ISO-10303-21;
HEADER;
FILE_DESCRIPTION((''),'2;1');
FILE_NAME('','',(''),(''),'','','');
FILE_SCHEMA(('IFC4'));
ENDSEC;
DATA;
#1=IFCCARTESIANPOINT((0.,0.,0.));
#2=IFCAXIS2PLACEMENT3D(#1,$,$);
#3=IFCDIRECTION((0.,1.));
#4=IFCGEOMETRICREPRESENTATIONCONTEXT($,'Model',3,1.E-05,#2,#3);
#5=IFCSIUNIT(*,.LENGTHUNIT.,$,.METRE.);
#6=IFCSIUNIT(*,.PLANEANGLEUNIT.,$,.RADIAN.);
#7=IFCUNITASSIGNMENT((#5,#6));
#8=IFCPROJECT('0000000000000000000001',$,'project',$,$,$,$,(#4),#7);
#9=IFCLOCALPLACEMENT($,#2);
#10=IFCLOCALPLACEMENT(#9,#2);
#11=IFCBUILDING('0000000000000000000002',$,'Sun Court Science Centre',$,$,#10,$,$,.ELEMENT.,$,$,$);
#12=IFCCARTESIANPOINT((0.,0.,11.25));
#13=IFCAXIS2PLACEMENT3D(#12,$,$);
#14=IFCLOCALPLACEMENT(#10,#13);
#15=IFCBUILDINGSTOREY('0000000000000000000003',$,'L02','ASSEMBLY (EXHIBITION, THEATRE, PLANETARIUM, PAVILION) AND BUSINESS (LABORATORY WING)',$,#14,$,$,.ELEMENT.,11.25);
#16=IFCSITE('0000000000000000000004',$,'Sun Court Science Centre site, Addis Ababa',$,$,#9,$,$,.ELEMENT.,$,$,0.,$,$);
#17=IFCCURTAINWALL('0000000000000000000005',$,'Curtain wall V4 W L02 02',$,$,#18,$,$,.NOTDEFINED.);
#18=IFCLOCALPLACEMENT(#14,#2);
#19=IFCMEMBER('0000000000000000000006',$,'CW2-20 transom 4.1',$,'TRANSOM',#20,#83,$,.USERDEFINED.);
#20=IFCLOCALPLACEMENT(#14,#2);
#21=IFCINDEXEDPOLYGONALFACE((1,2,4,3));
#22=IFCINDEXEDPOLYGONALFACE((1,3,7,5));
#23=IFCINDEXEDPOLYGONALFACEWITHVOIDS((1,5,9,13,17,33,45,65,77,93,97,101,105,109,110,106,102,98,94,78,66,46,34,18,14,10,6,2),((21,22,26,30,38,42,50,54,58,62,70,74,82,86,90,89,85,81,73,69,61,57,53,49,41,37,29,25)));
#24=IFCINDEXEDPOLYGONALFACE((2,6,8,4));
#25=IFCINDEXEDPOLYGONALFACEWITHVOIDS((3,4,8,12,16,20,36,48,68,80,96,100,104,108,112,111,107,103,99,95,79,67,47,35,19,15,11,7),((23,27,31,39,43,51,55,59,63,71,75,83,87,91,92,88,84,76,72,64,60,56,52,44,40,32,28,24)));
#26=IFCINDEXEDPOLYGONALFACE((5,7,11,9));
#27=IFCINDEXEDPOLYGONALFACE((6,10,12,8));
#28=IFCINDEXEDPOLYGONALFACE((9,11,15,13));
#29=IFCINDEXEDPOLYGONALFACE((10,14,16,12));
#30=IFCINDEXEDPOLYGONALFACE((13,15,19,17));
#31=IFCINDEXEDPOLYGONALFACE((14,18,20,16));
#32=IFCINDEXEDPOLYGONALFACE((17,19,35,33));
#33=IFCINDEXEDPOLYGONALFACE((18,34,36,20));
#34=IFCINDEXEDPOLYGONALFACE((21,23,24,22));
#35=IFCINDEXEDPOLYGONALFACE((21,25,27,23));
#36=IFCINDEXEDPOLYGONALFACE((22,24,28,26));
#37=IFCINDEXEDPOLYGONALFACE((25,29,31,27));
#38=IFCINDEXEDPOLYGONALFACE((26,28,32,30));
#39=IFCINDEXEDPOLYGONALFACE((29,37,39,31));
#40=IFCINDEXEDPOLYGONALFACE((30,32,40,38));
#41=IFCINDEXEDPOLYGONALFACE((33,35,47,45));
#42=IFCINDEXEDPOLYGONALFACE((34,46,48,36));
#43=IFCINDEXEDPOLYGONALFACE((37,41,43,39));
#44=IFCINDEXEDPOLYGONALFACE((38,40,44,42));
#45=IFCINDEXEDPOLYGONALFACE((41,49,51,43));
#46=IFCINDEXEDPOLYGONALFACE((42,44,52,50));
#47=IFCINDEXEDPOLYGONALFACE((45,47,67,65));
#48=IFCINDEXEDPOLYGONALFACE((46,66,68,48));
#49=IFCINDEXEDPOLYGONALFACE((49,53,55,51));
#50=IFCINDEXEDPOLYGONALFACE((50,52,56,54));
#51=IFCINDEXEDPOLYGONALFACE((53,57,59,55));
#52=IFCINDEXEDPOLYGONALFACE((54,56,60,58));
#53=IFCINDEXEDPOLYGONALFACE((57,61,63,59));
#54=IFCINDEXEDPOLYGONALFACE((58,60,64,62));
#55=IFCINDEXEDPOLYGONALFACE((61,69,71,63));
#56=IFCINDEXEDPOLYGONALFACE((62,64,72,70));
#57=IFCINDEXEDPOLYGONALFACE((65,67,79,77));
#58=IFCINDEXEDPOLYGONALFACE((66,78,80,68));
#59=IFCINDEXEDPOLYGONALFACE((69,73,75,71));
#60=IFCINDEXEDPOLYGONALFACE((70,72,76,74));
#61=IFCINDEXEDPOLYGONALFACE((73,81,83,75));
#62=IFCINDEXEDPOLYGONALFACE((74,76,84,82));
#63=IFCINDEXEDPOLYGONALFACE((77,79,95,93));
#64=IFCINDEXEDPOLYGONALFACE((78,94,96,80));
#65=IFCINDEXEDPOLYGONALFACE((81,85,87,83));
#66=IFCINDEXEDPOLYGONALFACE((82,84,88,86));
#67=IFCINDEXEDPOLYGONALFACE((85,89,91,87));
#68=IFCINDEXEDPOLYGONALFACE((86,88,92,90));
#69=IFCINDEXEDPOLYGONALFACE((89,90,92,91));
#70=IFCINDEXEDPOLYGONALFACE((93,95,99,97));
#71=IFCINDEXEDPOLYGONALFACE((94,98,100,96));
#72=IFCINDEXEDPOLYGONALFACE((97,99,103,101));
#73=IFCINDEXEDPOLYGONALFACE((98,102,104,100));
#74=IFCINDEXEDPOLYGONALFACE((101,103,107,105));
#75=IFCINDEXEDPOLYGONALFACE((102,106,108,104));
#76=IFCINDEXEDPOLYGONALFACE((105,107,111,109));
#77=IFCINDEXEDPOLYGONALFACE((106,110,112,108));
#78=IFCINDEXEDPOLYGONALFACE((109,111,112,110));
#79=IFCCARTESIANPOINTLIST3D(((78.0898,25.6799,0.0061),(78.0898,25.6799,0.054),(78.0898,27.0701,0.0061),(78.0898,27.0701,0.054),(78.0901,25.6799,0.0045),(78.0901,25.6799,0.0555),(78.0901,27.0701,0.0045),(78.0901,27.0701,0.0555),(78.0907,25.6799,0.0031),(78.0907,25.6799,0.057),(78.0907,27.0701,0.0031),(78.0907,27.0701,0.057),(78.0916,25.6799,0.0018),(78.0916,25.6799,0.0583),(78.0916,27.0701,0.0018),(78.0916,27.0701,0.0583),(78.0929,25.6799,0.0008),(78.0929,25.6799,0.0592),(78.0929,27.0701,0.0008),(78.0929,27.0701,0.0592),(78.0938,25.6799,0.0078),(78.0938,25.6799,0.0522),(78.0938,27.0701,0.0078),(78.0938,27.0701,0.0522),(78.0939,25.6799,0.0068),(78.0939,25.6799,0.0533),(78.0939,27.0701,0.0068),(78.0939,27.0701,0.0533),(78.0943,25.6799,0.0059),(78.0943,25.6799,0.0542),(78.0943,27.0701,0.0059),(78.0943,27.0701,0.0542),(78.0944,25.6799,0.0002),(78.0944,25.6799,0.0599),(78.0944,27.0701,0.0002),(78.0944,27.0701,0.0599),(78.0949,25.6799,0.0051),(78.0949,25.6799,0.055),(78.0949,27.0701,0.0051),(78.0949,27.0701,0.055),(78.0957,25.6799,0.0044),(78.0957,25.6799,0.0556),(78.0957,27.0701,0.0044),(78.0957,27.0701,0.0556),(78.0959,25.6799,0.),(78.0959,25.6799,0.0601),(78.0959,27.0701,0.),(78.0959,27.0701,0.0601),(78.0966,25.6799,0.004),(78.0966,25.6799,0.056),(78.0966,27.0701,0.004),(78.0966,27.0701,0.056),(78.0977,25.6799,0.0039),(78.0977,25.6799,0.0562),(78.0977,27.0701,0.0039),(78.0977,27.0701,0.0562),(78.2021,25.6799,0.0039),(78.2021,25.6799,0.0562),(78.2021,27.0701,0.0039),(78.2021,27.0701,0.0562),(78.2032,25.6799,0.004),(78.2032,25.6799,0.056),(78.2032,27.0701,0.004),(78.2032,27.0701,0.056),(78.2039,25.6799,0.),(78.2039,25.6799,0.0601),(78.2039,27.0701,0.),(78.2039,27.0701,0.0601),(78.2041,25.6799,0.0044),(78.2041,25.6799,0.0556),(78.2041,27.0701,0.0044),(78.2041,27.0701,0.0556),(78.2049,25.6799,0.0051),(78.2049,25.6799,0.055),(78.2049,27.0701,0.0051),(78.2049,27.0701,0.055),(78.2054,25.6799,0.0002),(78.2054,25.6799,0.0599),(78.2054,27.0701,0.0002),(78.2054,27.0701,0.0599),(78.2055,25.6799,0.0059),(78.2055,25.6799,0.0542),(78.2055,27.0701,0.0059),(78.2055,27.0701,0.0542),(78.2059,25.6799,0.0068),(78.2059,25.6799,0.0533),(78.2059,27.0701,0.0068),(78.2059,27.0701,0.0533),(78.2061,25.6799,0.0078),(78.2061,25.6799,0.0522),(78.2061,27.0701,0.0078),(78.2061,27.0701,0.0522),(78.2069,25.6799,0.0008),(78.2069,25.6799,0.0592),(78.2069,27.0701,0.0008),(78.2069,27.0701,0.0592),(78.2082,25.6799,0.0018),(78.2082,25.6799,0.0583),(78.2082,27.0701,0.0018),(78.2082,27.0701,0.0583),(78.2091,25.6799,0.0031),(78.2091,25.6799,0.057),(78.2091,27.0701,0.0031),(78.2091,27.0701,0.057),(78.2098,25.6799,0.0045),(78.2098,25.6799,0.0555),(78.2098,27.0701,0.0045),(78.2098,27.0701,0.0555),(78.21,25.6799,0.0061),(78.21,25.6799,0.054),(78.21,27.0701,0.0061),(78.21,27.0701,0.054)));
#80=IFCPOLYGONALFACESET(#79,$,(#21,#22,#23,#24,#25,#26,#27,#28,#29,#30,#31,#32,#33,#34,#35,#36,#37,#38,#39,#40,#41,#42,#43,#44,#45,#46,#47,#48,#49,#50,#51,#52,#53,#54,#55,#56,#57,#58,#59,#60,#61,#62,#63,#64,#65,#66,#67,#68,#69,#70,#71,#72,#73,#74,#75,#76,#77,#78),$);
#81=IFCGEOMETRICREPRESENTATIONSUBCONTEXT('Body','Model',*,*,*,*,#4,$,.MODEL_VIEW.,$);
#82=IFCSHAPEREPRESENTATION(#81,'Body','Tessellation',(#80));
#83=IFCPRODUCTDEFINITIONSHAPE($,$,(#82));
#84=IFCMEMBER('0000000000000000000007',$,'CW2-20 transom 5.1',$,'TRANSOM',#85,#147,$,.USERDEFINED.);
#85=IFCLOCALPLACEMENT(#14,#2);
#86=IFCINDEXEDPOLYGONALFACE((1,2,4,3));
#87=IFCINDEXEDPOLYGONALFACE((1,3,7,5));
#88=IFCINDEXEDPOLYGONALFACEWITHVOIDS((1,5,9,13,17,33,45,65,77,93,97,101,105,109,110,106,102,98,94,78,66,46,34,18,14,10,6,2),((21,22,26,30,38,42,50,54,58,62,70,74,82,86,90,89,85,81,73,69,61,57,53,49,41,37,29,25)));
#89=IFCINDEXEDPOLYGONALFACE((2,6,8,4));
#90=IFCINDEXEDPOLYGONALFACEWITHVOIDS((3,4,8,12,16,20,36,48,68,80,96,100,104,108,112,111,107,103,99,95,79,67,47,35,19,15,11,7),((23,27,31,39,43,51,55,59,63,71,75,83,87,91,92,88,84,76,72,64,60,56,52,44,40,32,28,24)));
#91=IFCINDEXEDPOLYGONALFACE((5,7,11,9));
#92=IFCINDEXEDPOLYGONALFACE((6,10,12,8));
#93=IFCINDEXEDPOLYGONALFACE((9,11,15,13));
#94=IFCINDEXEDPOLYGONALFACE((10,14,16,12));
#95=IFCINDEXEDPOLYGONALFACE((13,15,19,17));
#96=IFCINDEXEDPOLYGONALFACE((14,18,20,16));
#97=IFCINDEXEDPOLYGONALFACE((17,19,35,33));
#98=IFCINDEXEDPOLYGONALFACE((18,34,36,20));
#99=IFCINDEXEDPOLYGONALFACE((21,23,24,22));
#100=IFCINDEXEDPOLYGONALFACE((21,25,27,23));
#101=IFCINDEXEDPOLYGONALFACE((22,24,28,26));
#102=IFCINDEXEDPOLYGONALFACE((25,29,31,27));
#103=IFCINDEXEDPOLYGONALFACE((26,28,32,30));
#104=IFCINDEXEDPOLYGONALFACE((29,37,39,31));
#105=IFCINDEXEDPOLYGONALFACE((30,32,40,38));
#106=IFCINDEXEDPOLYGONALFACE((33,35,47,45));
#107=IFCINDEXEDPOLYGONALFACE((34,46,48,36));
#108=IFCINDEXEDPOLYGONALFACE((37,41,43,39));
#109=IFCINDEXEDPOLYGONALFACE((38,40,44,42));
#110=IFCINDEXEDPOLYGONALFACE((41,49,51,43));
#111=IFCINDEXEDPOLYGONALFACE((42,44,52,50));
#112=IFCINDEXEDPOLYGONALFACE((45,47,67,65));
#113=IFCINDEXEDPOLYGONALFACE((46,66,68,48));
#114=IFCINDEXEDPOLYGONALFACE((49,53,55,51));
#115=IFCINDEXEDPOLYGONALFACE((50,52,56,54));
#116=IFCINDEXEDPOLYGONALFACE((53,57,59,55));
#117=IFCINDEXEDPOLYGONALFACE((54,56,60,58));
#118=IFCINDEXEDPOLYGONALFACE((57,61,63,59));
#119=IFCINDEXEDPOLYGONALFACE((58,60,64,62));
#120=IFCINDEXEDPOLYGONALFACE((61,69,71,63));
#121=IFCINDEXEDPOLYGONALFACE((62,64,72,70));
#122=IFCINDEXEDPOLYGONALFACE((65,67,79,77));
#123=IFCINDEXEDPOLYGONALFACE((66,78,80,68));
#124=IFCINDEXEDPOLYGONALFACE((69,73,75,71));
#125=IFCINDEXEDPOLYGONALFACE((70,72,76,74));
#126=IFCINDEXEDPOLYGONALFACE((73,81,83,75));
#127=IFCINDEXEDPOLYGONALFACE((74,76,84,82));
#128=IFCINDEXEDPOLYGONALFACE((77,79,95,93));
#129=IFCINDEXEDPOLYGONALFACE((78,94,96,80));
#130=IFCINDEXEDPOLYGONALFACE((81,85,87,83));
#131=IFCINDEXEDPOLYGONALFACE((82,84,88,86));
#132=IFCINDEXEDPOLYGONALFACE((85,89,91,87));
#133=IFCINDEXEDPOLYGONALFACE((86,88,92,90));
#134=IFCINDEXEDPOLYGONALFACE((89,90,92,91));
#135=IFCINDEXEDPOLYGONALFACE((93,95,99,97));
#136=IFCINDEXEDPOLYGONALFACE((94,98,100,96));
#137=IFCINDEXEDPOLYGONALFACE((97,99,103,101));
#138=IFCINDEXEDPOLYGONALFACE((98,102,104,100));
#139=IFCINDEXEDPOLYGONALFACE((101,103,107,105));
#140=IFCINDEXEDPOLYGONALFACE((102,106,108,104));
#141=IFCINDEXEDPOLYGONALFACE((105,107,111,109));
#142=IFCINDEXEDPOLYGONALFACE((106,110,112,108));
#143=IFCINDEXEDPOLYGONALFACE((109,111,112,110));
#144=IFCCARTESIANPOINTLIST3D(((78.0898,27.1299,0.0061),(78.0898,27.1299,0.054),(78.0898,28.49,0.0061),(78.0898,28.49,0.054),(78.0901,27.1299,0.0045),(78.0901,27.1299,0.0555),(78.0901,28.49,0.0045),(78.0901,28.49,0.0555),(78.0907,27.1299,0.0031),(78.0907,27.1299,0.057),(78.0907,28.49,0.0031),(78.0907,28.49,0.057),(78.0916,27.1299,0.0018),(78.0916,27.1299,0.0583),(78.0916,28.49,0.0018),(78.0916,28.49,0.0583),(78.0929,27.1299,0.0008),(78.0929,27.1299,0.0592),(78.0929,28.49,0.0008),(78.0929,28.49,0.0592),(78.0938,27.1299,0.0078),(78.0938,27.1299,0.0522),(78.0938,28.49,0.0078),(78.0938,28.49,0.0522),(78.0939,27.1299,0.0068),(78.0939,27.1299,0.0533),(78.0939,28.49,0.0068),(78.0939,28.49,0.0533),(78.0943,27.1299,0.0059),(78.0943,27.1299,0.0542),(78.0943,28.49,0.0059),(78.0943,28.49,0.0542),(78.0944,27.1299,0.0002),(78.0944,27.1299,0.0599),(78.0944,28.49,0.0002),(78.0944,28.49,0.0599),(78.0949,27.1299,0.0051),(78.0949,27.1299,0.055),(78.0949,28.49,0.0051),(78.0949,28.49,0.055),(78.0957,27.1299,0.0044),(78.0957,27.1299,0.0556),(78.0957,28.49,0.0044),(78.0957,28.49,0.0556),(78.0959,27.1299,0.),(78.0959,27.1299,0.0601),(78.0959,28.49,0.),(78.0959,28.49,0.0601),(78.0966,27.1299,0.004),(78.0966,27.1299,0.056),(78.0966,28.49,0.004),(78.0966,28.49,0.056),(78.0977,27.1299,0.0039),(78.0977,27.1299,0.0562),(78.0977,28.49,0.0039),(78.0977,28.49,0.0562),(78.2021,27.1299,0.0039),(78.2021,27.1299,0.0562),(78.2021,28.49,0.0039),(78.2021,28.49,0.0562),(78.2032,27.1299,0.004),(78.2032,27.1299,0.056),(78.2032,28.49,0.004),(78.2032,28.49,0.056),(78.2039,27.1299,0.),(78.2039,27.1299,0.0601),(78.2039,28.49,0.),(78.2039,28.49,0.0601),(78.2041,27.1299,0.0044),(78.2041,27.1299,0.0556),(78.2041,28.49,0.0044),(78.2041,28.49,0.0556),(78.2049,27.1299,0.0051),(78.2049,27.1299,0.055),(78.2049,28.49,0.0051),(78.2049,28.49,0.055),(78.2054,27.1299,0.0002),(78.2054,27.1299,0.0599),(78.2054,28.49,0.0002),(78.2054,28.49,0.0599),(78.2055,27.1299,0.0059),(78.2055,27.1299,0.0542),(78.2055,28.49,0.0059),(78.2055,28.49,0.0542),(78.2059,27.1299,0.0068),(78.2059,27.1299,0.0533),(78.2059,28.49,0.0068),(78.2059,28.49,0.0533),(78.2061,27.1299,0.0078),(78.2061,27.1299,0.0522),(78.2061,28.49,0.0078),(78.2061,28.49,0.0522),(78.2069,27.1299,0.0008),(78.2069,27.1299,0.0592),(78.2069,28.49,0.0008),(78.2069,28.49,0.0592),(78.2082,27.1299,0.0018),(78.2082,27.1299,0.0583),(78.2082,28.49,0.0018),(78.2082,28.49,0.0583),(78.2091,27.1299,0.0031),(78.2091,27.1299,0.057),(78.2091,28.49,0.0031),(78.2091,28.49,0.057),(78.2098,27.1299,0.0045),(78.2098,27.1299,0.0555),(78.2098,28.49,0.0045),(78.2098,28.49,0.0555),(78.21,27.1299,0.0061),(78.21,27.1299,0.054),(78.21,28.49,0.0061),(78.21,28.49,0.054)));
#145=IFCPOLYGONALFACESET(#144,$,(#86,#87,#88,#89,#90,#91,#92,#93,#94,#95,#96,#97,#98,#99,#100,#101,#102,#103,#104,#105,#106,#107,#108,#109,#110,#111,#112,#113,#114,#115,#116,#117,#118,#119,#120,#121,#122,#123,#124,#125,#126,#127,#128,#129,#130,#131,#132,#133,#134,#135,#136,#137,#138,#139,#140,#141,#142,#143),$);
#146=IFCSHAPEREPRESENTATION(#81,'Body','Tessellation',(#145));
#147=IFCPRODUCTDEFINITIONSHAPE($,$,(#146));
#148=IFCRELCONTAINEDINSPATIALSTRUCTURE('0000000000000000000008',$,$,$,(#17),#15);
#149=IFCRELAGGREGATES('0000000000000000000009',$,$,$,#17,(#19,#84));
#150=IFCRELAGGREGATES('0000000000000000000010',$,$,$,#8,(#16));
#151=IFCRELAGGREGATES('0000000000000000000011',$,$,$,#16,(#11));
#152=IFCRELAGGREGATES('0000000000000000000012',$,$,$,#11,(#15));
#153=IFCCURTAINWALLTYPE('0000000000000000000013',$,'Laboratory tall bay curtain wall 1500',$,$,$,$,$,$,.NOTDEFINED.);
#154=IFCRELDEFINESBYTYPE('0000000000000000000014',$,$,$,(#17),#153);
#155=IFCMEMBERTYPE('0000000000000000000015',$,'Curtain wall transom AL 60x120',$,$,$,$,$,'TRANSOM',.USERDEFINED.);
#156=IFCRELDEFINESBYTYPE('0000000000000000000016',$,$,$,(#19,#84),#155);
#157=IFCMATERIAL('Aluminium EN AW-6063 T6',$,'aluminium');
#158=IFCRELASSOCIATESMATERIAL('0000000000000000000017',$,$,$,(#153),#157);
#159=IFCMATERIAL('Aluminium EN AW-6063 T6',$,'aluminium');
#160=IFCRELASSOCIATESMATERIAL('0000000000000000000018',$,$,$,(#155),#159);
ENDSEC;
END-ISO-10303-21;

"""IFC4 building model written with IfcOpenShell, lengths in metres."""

from ifc_helpers import new_model, si_unit, direction, frame, origin, origin_2d, place, context, subcontext, project, spatial, hollow_rectangle, extrude, material, material_profile, profile_set, type_object, element, aggregate, save


model = new_model("IFC4")

# Units and contexts
model_context = context("Model", 3, precision=1e-05, world=origin(), true_north=direction((0.0, 1.0)))
body_context = subcontext(model_context, "Body", "Model", "MODEL_VIEW")
ifc_project = project(units=[si_unit("LENGTHUNIT", "METRE"), si_unit("PLANEANGLEUNIT", "RADIAN")], contexts=[model_context])

# Site, building, storey
site_placement = place(None, origin())
site = spatial("IfcSite", under=ifc_project, at=site_placement, Name="Sun Court Science Centre site, Addis Ababa", CompositionType="ELEMENT", RefElevation=0.0)
building_placement = place(site_placement, origin())
building = spatial("IfcBuilding", under=site, at=building_placement, Name="Sun Court Science Centre", CompositionType="ELEMENT")
storey_placement = place(building_placement, frame((0.0, 0.0, 11.25)))
storey = spatial("IfcBuildingStorey", under=building, at=storey_placement, Name="L02", Description="ASSEMBLY (EXHIBITION, THEATRE, PLANETARIUM, PAVILION) AND BUSINESS (LABORATORY WING)", CompositionType="ELEMENT", Elevation=11.25)

# Curtain wall
ifc_material_1 = material(Name="Aluminium EN AW-6063 T6", Category="aluminium")
curtain_wall_type = type_object("IfcCurtainWallType", Name="Laboratory tall bay curtain wall 1500", PredefinedType="NOTDEFINED", material=ifc_material_1)
curtain_wall_1_placement = place(storey_placement, origin())
curtain_wall_1 = element("IfcCurtainWall", 1, at=curtain_wall_1_placement, inside=storey, type_object=curtain_wall_type, Name="Curtain wall V4 W L02 02", PredefinedType="NOTDEFINED")

# Members
ifc_material_2 = material(Name="Aluminium EN AW-6063 T6", Category="aluminium")
ifc_material_profile_1 = material_profile(ifc_material_2, hollow_rectangle(XDim=0.0601, YDim=0.1201, WallThickness=0.0039, InnerFilletRadius=0.0039, OuterFilletRadius=0.0061, at=origin_2d()), Name="AL 60x120x4")
ifc_profile_set_1 = profile_set([ifc_material_profile_1], Name="Aluminium EN AW-6063 T6")
member_type_1 = type_object("IfcMemberType", Name="Curtain wall transom AL 60x120", ElementType="TRANSOM", PredefinedType="USERDEFINED", material=ifc_profile_set_1)
member_1_placement = place(storey_placement, frame((78.1499, 25.6799, 0.03), z_axis=(0.0, 1.0, 0.0), x_axis=(0.0, 0.0, 1.0)))
member_1 = element("IfcMember", 2, at=member_1_placement, type_object=member_type_1, Name="CW2-20 transom 4.1", ObjectType="TRANSOM", PredefinedType="USERDEFINED", context=body_context, shape_type="SweptSolid", body=[
    extrude(hollow_rectangle(XDim=0.0601, YDim=0.1201, WallThickness=0.0039, InnerFilletRadius=0.0039, OuterFilletRadius=0.0061, at=origin_2d()), origin(), (0.0, 0.0, 1.0), 1.3901),
])
member_2_placement = place(storey_placement, frame((78.1499, 27.1299, 0.03), z_axis=(0.0, 1.0, 0.0), x_axis=(0.0, 0.0, 1.0)))
member_2 = element("IfcMember", 3, at=member_2_placement, type_object=member_type_1, Name="CW2-20 transom 5.1", ObjectType="TRANSOM", PredefinedType="USERDEFINED", context=body_context, shape_type="SweptSolid", body=[
    extrude(hollow_rectangle(XDim=0.0601, YDim=0.1201, WallThickness=0.0039, InnerFilletRadius=0.0039, OuterFilletRadius=0.0061, at=origin_2d()), origin(), (0.0, 0.0, 1.0), 1.3601),
])

aggregate(curtain_wall_1, [member_1, member_2])

save(model, "model.ifc")
